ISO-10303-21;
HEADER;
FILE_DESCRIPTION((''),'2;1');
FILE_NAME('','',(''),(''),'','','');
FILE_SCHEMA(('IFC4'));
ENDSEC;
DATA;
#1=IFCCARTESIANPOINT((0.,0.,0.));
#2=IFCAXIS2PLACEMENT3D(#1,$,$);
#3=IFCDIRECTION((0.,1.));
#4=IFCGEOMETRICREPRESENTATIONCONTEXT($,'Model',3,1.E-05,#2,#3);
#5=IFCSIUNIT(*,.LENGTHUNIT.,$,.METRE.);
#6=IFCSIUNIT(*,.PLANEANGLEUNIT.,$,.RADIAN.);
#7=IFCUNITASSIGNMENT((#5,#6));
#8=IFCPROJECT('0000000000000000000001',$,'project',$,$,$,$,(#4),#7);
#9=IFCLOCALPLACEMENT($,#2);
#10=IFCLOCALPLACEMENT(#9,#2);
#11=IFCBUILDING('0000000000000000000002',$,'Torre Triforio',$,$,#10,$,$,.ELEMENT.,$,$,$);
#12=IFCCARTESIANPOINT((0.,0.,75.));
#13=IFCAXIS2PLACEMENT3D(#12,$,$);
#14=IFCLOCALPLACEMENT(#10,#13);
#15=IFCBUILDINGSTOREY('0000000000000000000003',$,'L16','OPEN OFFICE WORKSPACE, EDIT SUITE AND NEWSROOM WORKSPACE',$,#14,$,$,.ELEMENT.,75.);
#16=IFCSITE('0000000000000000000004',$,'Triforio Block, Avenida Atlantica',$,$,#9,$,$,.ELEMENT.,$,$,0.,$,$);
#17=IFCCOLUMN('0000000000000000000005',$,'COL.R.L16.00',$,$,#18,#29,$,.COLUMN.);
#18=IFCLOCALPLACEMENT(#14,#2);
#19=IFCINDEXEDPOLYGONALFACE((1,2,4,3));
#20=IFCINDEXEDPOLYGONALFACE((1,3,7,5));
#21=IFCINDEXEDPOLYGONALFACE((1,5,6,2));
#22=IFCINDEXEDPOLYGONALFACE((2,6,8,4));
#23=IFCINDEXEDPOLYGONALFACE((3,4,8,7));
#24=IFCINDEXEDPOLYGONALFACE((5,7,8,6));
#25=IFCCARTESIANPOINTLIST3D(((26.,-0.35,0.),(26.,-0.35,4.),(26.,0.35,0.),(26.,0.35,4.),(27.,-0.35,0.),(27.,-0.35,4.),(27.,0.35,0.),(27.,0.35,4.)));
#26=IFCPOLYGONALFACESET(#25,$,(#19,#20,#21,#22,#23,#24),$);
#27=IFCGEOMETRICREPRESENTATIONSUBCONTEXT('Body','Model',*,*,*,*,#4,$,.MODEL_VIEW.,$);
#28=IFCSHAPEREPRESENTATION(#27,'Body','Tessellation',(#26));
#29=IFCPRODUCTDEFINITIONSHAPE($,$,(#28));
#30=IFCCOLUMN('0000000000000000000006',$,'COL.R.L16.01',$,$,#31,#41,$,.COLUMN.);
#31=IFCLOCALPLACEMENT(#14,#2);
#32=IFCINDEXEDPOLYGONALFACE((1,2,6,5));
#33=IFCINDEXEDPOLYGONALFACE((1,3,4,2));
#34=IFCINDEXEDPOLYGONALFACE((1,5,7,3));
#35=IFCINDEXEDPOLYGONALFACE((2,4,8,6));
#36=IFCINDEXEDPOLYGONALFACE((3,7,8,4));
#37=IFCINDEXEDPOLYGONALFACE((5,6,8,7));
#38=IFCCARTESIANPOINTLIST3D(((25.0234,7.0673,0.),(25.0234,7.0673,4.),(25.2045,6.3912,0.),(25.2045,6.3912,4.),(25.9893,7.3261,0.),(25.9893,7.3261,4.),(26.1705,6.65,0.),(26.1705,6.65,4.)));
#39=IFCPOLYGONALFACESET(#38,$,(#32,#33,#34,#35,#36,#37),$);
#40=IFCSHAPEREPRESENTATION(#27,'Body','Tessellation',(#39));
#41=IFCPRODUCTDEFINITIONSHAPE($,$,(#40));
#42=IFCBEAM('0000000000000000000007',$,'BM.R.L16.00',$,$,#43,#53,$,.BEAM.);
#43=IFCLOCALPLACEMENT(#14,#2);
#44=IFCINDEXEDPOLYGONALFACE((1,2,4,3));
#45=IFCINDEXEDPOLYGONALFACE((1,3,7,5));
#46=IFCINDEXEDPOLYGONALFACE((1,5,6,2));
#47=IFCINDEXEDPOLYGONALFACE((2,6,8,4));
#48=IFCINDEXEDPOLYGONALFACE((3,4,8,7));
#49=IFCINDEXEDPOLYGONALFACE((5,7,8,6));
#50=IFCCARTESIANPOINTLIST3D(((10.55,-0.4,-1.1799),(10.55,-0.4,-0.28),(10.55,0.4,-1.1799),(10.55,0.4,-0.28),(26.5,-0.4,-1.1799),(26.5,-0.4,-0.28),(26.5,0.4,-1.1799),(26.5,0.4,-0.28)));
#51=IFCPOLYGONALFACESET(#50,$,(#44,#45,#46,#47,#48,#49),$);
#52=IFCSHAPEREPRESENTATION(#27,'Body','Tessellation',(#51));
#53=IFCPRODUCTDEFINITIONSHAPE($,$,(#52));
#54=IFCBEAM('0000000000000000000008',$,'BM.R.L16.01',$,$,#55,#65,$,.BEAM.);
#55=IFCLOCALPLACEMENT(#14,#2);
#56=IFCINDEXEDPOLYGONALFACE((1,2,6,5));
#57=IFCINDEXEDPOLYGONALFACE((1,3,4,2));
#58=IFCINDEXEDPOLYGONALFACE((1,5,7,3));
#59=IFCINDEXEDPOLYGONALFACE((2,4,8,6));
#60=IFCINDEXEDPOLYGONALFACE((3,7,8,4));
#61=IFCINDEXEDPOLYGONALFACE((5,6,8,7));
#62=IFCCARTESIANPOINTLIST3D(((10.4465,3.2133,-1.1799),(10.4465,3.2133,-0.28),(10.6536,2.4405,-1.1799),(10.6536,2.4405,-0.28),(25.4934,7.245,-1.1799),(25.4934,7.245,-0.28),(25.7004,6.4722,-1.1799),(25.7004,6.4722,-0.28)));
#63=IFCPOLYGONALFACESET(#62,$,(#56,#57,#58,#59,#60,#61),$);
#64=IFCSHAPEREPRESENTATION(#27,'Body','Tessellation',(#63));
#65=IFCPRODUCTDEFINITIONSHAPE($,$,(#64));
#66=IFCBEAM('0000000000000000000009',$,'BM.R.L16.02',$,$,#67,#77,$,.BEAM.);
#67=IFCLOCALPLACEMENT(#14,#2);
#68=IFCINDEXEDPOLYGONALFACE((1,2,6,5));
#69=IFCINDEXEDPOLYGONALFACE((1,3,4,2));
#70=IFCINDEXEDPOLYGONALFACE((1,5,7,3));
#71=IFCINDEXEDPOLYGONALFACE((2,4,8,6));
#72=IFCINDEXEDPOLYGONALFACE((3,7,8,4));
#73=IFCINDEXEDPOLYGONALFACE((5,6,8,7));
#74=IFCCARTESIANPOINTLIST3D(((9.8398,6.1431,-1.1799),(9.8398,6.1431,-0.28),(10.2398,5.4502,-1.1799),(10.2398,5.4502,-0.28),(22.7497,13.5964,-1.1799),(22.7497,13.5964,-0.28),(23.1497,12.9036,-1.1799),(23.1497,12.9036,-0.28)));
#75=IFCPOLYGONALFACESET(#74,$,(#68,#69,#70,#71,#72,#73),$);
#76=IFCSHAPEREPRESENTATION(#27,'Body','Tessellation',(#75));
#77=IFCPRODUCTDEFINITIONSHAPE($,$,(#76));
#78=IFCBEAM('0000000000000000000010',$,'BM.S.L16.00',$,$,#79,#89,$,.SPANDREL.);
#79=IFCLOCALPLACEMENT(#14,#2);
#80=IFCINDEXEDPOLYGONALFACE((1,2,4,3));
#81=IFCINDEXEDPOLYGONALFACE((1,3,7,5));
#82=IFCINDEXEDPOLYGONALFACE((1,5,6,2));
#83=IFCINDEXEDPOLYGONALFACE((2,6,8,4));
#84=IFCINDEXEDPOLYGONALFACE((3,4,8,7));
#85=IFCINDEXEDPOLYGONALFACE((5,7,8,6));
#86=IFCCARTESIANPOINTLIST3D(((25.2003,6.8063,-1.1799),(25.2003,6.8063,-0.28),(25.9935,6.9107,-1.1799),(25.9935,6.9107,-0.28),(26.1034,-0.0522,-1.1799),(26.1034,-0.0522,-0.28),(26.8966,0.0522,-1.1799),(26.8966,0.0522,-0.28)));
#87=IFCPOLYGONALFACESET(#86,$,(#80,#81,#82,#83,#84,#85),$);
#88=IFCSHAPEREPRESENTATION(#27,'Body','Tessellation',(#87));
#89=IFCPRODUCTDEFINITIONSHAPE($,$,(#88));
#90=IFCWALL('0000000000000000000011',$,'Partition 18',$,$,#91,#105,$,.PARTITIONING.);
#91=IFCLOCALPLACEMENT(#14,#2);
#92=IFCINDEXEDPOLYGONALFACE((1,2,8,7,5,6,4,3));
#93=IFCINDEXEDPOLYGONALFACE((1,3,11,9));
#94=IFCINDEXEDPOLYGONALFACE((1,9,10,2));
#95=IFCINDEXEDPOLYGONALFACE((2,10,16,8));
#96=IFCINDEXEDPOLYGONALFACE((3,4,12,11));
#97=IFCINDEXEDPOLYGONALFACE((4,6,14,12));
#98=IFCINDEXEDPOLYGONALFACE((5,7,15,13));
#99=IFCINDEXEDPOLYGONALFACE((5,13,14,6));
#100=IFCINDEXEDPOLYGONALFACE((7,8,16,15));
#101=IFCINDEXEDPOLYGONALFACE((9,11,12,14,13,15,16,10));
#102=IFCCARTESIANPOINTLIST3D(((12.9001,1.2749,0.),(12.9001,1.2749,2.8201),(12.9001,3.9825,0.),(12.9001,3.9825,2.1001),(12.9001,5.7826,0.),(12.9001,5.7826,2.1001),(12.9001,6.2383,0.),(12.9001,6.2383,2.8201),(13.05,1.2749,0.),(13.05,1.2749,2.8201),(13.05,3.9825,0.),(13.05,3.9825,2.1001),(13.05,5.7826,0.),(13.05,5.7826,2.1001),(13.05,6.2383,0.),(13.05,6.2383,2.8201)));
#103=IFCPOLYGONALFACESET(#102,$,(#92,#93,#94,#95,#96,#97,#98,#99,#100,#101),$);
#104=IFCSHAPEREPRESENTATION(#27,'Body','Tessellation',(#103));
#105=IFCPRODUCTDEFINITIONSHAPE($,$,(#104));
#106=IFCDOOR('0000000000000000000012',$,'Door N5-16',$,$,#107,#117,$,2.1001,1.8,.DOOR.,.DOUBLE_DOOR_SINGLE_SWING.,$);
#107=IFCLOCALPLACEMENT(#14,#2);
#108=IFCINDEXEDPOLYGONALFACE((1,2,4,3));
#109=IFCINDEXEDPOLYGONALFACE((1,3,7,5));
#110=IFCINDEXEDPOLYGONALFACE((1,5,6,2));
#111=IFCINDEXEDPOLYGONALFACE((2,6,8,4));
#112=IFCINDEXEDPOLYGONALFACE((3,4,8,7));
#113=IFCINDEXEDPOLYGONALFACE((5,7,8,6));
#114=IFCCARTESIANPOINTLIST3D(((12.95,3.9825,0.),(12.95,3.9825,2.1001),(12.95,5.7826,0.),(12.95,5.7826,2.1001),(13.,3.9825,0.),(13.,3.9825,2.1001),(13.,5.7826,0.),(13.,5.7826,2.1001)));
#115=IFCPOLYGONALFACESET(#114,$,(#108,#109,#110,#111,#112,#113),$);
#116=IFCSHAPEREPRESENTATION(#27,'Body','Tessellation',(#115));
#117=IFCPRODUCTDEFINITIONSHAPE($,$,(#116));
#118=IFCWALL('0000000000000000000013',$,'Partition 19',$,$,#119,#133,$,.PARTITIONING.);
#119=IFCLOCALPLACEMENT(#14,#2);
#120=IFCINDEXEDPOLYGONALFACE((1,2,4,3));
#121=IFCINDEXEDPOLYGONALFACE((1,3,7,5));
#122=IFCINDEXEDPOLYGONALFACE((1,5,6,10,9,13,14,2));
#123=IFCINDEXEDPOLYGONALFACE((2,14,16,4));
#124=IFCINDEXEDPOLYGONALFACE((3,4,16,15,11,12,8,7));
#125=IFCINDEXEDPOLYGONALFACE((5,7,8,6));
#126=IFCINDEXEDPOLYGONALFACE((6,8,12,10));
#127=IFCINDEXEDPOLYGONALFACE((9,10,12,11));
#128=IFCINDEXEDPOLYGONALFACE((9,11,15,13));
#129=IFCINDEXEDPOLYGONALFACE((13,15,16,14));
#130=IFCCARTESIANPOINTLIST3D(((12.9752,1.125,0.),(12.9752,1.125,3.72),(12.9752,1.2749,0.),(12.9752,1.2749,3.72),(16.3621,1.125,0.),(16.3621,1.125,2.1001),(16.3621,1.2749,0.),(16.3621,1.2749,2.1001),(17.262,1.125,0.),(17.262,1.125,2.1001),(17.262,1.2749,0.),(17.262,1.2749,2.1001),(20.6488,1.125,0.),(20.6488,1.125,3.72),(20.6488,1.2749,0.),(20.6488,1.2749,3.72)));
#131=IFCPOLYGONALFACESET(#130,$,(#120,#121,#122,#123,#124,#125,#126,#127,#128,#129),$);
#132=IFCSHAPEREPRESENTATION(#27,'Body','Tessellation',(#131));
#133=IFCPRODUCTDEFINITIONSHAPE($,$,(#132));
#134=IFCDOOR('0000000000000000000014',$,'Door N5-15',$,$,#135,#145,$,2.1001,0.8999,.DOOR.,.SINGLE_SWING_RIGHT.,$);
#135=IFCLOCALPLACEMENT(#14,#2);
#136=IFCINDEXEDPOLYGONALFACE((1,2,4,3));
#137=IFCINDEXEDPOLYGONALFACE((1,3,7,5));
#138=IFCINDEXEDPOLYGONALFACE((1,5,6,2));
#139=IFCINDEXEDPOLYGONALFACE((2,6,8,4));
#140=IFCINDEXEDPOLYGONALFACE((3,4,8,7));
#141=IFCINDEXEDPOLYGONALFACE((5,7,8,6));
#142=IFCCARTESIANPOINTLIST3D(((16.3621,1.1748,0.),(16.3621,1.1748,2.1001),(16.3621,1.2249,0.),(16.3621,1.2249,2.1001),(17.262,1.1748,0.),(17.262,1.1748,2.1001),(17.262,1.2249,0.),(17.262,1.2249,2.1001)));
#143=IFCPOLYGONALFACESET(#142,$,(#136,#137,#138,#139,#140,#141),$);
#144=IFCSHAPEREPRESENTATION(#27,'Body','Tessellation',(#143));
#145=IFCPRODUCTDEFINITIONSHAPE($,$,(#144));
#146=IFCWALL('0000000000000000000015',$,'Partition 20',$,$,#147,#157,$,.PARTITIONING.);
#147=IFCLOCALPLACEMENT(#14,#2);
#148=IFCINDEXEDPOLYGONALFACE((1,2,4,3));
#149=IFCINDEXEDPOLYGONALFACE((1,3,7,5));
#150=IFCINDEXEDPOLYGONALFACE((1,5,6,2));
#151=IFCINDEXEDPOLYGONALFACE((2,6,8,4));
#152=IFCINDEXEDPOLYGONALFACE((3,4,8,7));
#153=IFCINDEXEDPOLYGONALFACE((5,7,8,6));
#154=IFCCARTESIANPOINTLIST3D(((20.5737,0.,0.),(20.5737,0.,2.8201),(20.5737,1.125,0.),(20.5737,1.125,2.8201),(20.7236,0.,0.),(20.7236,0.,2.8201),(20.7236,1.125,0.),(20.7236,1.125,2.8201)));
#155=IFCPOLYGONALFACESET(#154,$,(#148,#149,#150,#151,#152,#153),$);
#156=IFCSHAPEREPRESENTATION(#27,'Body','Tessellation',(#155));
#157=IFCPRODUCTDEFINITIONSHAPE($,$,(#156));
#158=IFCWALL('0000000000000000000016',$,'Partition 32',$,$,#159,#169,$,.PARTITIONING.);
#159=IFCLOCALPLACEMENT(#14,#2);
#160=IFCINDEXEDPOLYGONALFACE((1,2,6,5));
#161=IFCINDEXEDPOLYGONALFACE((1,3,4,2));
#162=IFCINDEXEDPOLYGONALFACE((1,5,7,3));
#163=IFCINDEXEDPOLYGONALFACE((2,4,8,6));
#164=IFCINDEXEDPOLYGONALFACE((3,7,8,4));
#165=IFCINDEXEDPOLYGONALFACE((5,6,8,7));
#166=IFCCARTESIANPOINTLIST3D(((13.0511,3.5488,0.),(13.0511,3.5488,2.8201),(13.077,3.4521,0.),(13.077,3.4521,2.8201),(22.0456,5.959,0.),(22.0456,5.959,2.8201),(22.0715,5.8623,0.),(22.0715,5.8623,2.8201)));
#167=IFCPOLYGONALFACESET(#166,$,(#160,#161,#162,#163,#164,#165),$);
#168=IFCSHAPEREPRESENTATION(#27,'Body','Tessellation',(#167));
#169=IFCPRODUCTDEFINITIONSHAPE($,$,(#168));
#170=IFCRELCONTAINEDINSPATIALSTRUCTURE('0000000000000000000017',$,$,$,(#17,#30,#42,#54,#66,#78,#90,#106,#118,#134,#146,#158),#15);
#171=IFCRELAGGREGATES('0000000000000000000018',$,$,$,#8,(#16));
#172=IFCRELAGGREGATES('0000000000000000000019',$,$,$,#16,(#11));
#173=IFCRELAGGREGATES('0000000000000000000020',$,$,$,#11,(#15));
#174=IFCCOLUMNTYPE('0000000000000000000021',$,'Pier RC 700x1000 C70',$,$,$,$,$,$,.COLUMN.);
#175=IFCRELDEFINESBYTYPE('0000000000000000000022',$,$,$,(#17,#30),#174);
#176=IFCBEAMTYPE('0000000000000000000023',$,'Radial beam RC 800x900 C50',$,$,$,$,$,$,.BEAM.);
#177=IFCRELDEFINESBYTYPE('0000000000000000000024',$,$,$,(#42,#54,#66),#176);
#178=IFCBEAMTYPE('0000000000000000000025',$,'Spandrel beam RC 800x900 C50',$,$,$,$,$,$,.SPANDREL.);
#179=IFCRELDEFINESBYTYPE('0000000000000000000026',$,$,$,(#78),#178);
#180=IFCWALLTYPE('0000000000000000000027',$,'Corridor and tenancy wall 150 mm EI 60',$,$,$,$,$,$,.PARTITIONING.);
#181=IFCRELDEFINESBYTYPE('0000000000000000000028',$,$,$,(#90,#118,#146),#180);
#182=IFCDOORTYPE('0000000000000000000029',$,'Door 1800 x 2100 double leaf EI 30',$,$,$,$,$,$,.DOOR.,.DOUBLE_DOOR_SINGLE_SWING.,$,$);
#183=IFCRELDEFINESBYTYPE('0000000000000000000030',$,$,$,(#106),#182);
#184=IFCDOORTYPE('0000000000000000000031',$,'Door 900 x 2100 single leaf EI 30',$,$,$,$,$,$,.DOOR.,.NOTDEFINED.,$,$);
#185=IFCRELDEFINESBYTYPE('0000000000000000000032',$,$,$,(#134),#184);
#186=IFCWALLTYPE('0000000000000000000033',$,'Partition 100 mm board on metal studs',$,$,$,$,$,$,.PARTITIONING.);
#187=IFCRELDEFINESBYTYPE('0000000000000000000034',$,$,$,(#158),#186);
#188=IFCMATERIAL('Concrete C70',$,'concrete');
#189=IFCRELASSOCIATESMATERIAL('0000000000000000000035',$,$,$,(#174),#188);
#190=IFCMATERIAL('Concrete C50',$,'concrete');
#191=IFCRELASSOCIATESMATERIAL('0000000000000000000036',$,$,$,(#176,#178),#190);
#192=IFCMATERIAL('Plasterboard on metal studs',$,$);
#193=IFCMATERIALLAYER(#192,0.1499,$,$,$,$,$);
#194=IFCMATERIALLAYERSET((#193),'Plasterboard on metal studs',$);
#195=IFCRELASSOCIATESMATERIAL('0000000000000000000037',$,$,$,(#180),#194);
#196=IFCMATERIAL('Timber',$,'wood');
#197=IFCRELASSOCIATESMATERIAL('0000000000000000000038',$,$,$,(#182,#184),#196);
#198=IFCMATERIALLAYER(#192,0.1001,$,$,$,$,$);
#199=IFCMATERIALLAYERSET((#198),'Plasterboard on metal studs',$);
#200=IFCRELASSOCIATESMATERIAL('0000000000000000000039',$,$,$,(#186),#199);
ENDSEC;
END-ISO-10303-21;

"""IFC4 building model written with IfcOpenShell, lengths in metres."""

from ifc_helpers import new_model, si_unit, direction, frame, frame_2d, origin, origin_2d, place, context, subcontext, project, spatial, rectangle, extrude, material, layer, layer_set, material_profile, profile_set, type_object, element, fill, save


model = new_model("IFC4")

# Units and contexts
model_context = context("Model", 3, precision=1e-05, world=origin(), true_north=direction((0.0, 1.0)))
body_context = subcontext(model_context, "Body", "Model", "MODEL_VIEW")
ifc_project = project(units=[si_unit("LENGTHUNIT", "METRE"), si_unit("PLANEANGLEUNIT", "RADIAN")], contexts=[model_context])

# Site, building, storey
site_placement = place(None, origin())
site = spatial("IfcSite", under=ifc_project, at=site_placement, Name="Triforio Block, Avenida Atlantica", CompositionType="ELEMENT", RefElevation=0.0)
building_placement = place(site_placement, origin())
building = spatial("IfcBuilding", under=site, at=building_placement, Name="Torre Triforio", CompositionType="ELEMENT")
storey_placement = place(building_placement, frame((0.0, 0.0, 75.0)))
storey = spatial("IfcBuildingStorey", under=building, at=storey_placement, Name="L16", Description="OPEN OFFICE WORKSPACE, EDIT SUITE AND NEWSROOM WORKSPACE", CompositionType="ELEMENT", Elevation=75.0)

# Columns
ifc_material_1 = material(Name="Concrete C70", Category="concrete")
ifc_material_profile_1 = material_profile(ifc_material_1, rectangle(XDim=0.7, YDim=1.0, at=origin_2d()), Name="RC 700x1000")
ifc_profile_set_1 = profile_set([ifc_material_profile_1], Name="Concrete C70")
column_type = type_object("IfcColumnType", Name="Pier RC 700x1000 C70", PredefinedType="COLUMN", material=ifc_profile_set_1)
for number, where, z_axis, x_axis, name in (
    (1, (26.5, 0.0, 0.0), (0.0, 0.0, 1.0), (0.0, 1.0, 0.0), "COL.R.L16.00"),
    (2, (25.5969, 6.8586, 0.0), (0.0, 0.0, 1.0), (-0.258819, 0.965926, 0.0), "COL.R.L16.01"),
):
    element("IfcColumn", number, at=place(storey_placement, frame(where, z_axis=z_axis, x_axis=x_axis)), inside=storey, type_object=column_type, Name=name, PredefinedType="COLUMN", context=body_context, shape_type="SweptSolid", body=[
        extrude(rectangle(XDim=0.7, YDim=1.0, at=origin_2d()), origin(), (0.0, 0.0, 1.0), 4.0),
    ])

# Beams
ifc_material_2 = material(Name="Concrete C50", Category="concrete")
ifc_material_profile_2 = material_profile(ifc_material_2, rectangle(XDim=0.8, YDim=0.8999, at=origin_2d()), Name="RC 800x900")
ifc_profile_set_2 = profile_set([ifc_material_profile_2], Name="Concrete C50")
beam_type_1 = type_object("IfcBeamType", Name="Radial beam RC 800x900 C50", PredefinedType="BEAM", material=ifc_profile_set_2)
beam_1_placement = place(storey_placement, frame((10.55, 0.0, -0.73), z_axis=(1.0, 0.0, 0.0), x_axis=(0.0, 1.0, 0.0)))
element("IfcBeam", 3, at=beam_1_placement, inside=storey, type_object=beam_type_1, Name="BM.R.L16.00", PredefinedType="BEAM", context=body_context, shape_type="SweptSolid", body=[
    extrude(rectangle(XDim=0.8, YDim=0.8999, at=origin_2d()), origin(), (0.0, 0.0, 1.0), 15.95),
])
beam_2_placement = place(storey_placement, frame((10.55, 2.8269, -0.73), z_axis=(0.965927, 0.258815, 0.0), x_axis=(-0.258815, 0.965927, 0.0)))
element("IfcBeam", 4, at=beam_2_placement, inside=storey, type_object=beam_type_1, Name="BM.R.L16.01", PredefinedType="BEAM", context=body_context, shape_type="SweptSolid", body=[
    extrude(rectangle(XDim=0.8, YDim=0.8999, at=origin_2d()), origin(), (0.0, 0.0, 1.0), 15.5776),
])
beam_3_placement = place(storey_placement, frame((10.0398, 5.7966, -0.73), z_axis=(0.86603, 0.499991, 0.0), x_axis=(-0.499991, 0.86603, 0.0)))
element("IfcBeam", 5, at=beam_3_placement, inside=storey, type_object=beam_type_1, Name="BM.R.L16.02", PredefinedType="BEAM", context=body_context, shape_type="SweptSolid", body=[
    extrude(rectangle(XDim=0.8, YDim=0.8999, at=origin_2d()), origin(), (0.0, 0.0, 1.0), 14.907),
])
ifc_material_profile_3 = material_profile(ifc_material_2, rectangle(XDim=0.8, YDim=0.8999, at=origin_2d()), Name="RC 800x900")
ifc_profile_set_3 = profile_set([ifc_material_profile_3], Name="Concrete C50")
beam_type_2 = type_object("IfcBeamType", Name="Spandrel beam RC 800x900 C50", PredefinedType="SPANDREL", material=ifc_profile_set_3)
beam_4_placement = place(storey_placement, frame((26.5, 0.0, -0.73), z_axis=(-0.130543, 0.991443, 0.0), x_axis=(-0.991443, -0.130543, 0.0)))
element("IfcBeam", 6, at=beam_4_placement, inside=storey, type_object=beam_type_2, Name="BM.S.L16.00", PredefinedType="SPANDREL", context=body_context, shape_type="SweptSolid", body=[
    extrude(rectangle(XDim=0.8, YDim=0.8999, at=origin_2d()), origin(), (0.0, 0.0, 1.0), 6.9177),
])

# Walls, openings, doors
ifc_material_3 = material(Name="Plasterboard on metal studs")
ifc_layer_1 = layer(ifc_material_3, 0.1499)
ifc_layer_set_1 = layer_set([ifc_layer_1], Name="Plasterboard on metal studs")
wall_type_1 = type_object("IfcWallType", Name="Corridor and tenancy wall 150 mm EI 60", PredefinedType="PARTITIONING", material=ifc_layer_set_1)
wall_1_placement = place(storey_placement, frame((12.9751, 6.2383, 0.0), z_axis=(0.0, 0.0, 1.0), x_axis=(0.0, -1.0, 0.0)))
wall_1 = element("IfcWall", 7, at=wall_1_placement, inside=storey, type_object=wall_type_1, Name="Partition 18", PredefinedType="PARTITIONING", context=body_context, shape_type="SweptSolid", body=[
    extrude(rectangle(XDim=4.9634, YDim=0.1499, at=frame_2d((2.4817, 0.0))), origin(), (0.0, 0.0, 1.0), 2.8201),
])
opening_1_placement = place(wall_1_placement, frame((0.4558, 0.0, 0.0)))
opening_1 = element("IfcOpeningElement", 8, at=opening_1_placement, cuts=wall_1, PredefinedType="OPENING", context=body_context, shape_type="SweptSolid", body=[
    extrude(rectangle(XDim=1.8, YDim=2.1001, at=frame_2d((0.8999, 1.05))), frame((0.0, 0.085, 0.0), z_axis=(0.0, -1.0, 0.0), x_axis=(1.0, 0.0, 0.0)), (0.0, 0.0, 1.0), 0.1699),
])
ifc_material_4 = material(Name="Timber", Category="wood")
door_type_1 = type_object("IfcDoorType", Name="Door 1800 x 2100 double leaf EI 30", OperationType="DOUBLE_DOOR_SINGLE_SWING", PredefinedType="DOOR", material=ifc_material_4)
door_1_placement = place(opening_1_placement, origin())
door_1 = element("IfcDoor", 9, at=door_1_placement, inside=storey, type_object=door_type_1, Name="Door N5-16", OperationType="DOUBLE_DOOR_SINGLE_SWING", OverallHeight=2.1001, OverallWidth=1.8, PredefinedType="DOOR", context=body_context, shape_type="SweptSolid", body=[
    extrude(rectangle(XDim=1.8, YDim=2.1001, at=frame_2d((0.8999, 1.05))), frame((0.0, 0.0249, 0.0), z_axis=(0.0, -1.0, 0.0), x_axis=(1.0, 0.0, 0.0)), (0.0, 0.0, 1.0), 0.05),
])
fill(opening_1, door_1)
wall_2_placement = place(storey_placement, frame((12.9751, 1.2, 0.0), z_axis=(0.0, 0.0, 1.0), x_axis=(1.0, 0.0, 0.0)))
wall_2 = element("IfcWall", 10, at=wall_2_placement, inside=storey, type_object=wall_type_1, Name="Partition 19", PredefinedType="PARTITIONING", context=body_context, shape_type="SweptSolid", body=[
    extrude(rectangle(XDim=7.6736, YDim=0.1499, at=frame_2d((3.8369, 0.0))), origin(), (0.0, 0.0, 1.0), 3.72),
])
opening_2_placement = place(wall_2_placement, frame((3.387, 0.0, 0.0)))
opening_2 = element("IfcOpeningElement", 11, at=opening_2_placement, cuts=wall_2, PredefinedType="OPENING", context=body_context, shape_type="SweptSolid", body=[
    extrude(rectangle(XDim=0.8999, YDim=2.1001, at=frame_2d((0.45, 1.05))), frame((0.0, 0.085, 0.0), z_axis=(0.0, -1.0, 0.0), x_axis=(1.0, 0.0, 0.0)), (0.0, 0.0, 1.0), 0.1699),
])
door_type_2 = type_object("IfcDoorType", Name="Door 900 x 2100 single leaf EI 30", OperationType="NOTDEFINED", PredefinedType="DOOR", material=ifc_material_4)
door_2_placement = place(opening_2_placement, origin())
door_2 = element("IfcDoor", 12, at=door_2_placement, inside=storey, type_object=door_type_2, Name="Door N5-15", OperationType="SINGLE_SWING_RIGHT", OverallHeight=2.1001, OverallWidth=0.8999, PredefinedType="DOOR", context=body_context, shape_type="SweptSolid", body=[
    extrude(rectangle(XDim=0.8999, YDim=2.1001, at=frame_2d((0.45, 1.05))), frame((0.0, 0.0249, 0.0), z_axis=(0.0, -1.0, 0.0), x_axis=(1.0, 0.0, 0.0)), (0.0, 0.0, 1.0), 0.05),
])
fill(opening_2, door_2)

# Walls
wall_3_placement = place(storey_placement, frame((20.6487, 1.125, 0.0), z_axis=(0.0, 0.0, 1.0), x_axis=(0.0, -1.0, 0.0)))
element("IfcWall", 13, at=wall_3_placement, inside=storey, type_object=wall_type_1, Name="Partition 20", PredefinedType="PARTITIONING", context=body_context, shape_type="SweptSolid", body=[
    extrude(rectangle(XDim=1.125, YDim=0.1499, at=frame_2d((0.5625, 0.0))), origin(), (0.0, 0.0, 1.0), 2.8201),
])
ifc_layer_2 = layer(ifc_material_3, 0.1001)
ifc_layer_set_2 = layer_set([ifc_layer_2], Name="Plasterboard on metal studs")
wall_type_2 = type_object("IfcWallType", Name="Partition 100 mm board on metal studs", PredefinedType="PARTITIONING", material=ifc_layer_set_2)
wall_4_placement = place(storey_placement, frame((13.0642, 3.5005, 0.0), z_axis=(0.0, 0.0, 1.0), x_axis=(0.965923, 0.258831, 0.0)))
element("IfcWall", 14, at=wall_4_placement, inside=storey, type_object=wall_type_2, Name="Partition 32", PredefinedType="PARTITIONING", context=body_context, shape_type="SweptSolid", body=[
    extrude(rectangle(XDim=9.3118, YDim=0.1001, at=frame_2d((4.6558, 0.0))), origin(), (0.0, 0.0, 1.0), 2.8201),
])

save(model, "model.ifc")
